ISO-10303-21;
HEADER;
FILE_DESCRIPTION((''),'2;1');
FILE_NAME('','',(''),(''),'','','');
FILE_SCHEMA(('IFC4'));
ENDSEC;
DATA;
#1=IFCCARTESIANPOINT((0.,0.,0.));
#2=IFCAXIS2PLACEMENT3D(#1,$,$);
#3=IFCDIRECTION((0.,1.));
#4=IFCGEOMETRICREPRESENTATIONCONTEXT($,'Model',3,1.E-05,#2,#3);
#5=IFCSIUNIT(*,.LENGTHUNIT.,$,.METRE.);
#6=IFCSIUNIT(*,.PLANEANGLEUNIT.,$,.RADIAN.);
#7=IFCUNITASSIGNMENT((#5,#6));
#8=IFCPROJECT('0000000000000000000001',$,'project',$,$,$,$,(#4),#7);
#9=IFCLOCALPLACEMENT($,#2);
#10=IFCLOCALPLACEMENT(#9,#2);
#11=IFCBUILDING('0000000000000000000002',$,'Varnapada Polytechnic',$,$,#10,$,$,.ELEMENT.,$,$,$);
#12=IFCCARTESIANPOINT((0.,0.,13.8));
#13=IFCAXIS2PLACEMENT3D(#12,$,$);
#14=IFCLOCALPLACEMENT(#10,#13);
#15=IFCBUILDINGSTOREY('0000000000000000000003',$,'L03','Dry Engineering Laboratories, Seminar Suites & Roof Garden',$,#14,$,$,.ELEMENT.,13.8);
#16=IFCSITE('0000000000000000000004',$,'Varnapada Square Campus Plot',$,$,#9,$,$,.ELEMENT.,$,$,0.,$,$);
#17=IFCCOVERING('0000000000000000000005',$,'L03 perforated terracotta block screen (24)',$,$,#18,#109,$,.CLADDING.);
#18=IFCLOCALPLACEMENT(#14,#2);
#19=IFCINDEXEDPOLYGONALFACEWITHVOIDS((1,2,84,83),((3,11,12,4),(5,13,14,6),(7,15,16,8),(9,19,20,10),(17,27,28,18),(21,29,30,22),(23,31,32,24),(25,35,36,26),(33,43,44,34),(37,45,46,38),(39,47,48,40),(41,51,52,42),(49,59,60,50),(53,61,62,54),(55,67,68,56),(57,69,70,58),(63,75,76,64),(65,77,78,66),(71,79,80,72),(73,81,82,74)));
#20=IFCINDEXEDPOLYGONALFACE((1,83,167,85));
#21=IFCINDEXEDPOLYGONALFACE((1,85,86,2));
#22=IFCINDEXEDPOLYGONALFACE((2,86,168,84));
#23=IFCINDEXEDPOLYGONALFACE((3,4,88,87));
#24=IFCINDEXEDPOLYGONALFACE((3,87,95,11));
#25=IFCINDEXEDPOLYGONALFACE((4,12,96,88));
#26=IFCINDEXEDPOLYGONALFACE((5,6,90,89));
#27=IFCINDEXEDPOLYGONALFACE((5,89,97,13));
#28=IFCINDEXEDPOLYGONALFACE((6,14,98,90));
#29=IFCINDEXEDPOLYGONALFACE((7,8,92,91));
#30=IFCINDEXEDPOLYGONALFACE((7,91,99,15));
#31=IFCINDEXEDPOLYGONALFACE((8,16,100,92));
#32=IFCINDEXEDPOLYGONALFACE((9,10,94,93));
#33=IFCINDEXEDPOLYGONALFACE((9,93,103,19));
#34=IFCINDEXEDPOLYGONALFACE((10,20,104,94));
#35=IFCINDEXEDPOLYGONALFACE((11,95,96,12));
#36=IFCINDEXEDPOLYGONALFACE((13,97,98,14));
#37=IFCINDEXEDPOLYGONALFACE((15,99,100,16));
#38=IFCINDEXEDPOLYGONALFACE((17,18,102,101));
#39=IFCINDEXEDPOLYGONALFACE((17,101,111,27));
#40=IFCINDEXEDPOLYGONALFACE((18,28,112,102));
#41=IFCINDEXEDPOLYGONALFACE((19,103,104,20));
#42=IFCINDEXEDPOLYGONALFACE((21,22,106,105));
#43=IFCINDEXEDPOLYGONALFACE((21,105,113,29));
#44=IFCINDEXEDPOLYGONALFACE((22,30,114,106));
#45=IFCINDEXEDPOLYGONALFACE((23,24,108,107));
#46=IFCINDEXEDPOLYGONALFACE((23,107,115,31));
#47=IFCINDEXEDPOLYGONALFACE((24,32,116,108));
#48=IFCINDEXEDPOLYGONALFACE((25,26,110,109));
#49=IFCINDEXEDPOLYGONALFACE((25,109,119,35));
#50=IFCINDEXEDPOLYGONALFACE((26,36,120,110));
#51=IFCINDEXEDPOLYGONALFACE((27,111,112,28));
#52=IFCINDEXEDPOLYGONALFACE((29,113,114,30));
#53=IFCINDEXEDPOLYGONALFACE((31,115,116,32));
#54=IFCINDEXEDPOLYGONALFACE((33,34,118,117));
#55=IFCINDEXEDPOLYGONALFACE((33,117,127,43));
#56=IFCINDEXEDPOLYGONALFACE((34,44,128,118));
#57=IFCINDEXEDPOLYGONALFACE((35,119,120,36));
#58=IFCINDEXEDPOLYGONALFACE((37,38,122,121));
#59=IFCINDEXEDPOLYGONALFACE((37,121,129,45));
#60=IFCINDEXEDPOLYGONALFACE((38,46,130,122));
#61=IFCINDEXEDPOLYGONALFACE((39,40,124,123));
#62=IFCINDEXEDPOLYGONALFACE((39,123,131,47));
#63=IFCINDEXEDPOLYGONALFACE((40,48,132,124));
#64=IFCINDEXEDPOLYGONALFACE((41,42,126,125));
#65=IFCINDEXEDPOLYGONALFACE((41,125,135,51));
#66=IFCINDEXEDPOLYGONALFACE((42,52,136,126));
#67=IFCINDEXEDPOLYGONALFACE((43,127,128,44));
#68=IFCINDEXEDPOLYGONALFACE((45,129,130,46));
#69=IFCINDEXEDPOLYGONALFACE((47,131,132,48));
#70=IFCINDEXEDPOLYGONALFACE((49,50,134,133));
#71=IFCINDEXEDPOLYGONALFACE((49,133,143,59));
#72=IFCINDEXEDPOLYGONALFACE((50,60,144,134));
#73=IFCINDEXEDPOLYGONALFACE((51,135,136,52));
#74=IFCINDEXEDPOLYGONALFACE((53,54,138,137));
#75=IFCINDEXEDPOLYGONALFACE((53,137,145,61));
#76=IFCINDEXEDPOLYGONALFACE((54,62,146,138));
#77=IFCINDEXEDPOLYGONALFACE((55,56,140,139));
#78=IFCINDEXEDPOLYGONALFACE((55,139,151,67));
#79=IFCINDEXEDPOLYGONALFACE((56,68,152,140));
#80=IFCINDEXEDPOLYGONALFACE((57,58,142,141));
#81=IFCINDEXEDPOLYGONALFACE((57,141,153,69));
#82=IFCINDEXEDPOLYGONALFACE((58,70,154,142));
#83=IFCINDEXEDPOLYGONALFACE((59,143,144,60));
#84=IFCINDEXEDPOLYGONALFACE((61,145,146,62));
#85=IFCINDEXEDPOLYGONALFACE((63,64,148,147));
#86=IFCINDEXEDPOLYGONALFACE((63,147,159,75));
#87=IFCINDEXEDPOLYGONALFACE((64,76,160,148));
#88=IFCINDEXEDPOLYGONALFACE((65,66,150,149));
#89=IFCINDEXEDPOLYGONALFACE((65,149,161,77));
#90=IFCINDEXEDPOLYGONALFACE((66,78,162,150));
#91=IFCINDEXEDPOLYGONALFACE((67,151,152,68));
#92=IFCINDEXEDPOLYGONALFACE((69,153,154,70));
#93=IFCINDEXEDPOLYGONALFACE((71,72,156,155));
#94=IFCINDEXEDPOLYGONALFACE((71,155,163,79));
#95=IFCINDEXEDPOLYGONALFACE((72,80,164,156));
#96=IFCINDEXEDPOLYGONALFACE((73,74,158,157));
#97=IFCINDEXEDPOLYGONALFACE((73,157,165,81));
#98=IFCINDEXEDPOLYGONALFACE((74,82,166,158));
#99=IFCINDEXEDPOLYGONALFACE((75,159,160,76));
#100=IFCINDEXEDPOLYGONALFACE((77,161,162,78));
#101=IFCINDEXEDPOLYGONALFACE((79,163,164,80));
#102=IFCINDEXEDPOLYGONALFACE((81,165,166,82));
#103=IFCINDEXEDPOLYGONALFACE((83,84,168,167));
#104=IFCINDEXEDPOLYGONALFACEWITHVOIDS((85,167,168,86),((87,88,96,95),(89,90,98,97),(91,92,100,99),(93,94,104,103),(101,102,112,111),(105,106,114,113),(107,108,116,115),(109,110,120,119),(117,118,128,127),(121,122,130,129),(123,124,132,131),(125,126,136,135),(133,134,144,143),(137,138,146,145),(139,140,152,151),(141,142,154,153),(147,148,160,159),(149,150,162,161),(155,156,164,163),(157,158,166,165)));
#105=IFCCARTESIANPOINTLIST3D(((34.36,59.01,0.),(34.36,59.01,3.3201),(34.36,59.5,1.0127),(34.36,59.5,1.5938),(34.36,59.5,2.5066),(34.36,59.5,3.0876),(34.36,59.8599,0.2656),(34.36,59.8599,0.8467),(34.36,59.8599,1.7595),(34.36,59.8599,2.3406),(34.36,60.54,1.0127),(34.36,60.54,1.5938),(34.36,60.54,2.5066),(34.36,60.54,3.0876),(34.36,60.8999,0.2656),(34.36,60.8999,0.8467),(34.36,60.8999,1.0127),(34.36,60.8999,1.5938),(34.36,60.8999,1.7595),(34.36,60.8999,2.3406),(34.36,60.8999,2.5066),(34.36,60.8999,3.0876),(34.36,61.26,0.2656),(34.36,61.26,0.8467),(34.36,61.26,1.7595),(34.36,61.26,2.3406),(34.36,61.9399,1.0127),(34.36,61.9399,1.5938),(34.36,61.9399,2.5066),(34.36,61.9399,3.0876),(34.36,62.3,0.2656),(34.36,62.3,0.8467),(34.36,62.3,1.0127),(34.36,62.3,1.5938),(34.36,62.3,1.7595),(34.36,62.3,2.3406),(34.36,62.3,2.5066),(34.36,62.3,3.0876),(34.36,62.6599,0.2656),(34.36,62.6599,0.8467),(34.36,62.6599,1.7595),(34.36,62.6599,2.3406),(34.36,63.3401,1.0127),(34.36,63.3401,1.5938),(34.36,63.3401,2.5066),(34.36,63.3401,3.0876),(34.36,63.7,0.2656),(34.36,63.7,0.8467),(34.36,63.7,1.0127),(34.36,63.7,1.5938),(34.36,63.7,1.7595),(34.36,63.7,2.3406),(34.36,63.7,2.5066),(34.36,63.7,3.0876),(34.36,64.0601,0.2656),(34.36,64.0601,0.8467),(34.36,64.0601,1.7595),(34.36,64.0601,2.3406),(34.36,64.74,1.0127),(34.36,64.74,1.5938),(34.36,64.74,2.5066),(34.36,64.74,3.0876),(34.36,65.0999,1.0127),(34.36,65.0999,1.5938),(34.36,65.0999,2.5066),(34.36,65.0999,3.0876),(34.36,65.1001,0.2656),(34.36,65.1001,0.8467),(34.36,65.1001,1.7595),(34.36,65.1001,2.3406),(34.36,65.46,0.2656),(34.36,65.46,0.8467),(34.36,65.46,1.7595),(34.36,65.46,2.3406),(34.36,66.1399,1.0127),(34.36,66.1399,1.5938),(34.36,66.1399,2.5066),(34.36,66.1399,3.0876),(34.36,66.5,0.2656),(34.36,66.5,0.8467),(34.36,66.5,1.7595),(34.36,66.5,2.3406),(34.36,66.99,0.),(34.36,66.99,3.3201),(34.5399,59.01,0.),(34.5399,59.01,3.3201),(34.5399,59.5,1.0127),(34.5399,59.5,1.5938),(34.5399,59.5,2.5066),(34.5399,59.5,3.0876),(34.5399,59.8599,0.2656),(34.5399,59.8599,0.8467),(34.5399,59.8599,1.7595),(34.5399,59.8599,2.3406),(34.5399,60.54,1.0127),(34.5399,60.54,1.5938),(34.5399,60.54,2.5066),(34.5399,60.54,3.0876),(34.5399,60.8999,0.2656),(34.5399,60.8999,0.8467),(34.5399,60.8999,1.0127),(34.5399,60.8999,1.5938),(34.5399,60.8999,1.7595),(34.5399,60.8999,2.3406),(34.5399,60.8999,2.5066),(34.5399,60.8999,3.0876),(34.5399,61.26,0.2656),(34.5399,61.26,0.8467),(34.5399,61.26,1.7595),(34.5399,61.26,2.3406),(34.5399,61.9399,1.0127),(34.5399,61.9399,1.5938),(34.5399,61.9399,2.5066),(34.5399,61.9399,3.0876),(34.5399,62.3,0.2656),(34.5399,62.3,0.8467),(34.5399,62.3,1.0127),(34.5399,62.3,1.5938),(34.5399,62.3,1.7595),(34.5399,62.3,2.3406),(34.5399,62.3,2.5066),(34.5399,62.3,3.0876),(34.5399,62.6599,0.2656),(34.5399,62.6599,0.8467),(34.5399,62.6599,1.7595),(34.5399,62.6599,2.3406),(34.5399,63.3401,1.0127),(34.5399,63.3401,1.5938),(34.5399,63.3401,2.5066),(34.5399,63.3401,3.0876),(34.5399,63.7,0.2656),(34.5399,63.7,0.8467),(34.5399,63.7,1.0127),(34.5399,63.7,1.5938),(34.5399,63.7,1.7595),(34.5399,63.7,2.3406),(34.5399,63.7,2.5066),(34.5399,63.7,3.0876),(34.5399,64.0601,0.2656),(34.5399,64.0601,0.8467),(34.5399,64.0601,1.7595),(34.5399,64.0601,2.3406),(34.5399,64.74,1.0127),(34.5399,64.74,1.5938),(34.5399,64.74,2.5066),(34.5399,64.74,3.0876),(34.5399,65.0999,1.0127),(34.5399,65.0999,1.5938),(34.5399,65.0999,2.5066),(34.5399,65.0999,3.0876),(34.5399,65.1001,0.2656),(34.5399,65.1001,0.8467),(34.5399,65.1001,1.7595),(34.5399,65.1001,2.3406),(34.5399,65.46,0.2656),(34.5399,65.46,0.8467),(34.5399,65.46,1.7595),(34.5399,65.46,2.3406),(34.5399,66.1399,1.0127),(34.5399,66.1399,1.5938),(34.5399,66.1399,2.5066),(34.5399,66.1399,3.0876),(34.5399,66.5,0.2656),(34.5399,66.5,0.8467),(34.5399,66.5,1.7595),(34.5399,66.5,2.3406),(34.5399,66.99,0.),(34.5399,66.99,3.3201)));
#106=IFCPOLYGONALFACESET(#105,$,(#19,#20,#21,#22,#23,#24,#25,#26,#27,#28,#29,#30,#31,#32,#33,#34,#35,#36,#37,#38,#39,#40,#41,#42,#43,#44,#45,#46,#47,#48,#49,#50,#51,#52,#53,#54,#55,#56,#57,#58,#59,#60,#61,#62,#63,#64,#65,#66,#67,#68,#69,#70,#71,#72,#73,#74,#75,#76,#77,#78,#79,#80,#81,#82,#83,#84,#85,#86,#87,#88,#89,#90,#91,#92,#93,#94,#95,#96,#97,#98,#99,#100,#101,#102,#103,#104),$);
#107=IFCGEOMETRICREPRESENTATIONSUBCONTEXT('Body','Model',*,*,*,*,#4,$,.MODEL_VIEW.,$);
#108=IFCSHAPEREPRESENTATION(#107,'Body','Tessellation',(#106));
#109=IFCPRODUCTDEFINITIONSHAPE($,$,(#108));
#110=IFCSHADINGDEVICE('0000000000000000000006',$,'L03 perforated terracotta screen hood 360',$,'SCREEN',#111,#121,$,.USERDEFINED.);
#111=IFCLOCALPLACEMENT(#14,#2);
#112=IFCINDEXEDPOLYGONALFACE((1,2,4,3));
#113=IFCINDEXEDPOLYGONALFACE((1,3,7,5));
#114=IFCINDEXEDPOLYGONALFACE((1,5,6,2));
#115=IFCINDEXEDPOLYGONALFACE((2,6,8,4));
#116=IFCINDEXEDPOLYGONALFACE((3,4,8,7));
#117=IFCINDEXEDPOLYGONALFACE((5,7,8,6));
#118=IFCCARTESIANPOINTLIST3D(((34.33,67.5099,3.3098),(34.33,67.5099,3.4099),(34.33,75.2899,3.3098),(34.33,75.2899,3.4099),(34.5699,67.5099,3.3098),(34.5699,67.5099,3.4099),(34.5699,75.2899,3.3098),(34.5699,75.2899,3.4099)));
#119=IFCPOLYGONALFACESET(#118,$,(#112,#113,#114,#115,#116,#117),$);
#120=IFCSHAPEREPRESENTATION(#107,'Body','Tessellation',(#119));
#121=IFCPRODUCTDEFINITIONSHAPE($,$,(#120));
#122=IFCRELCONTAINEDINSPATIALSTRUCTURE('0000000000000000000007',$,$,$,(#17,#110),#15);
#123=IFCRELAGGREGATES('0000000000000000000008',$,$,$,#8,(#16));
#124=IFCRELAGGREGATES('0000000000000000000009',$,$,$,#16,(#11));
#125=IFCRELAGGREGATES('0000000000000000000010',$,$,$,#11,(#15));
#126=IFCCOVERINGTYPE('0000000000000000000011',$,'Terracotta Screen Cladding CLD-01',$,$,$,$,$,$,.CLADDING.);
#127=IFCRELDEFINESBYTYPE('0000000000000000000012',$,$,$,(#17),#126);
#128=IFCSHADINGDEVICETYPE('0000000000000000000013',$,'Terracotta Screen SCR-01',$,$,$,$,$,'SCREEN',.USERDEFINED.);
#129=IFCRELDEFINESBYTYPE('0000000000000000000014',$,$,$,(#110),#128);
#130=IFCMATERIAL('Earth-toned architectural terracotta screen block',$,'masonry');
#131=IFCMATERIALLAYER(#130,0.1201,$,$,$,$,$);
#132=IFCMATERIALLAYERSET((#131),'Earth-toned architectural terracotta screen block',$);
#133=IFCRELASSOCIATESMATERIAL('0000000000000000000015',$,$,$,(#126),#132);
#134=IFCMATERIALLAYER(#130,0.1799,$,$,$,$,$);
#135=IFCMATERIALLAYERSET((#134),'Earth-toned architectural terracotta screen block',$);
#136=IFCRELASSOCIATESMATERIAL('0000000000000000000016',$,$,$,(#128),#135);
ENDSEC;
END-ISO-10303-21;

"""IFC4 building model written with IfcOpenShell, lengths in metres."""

from ifc_helpers import new_model, si_unit, direction, frame, frame_2d, origin, origin_2d, place, context, subcontext, project, spatial, rectangle, extrude, material, layer, layer_set, type_object, element, save


model = new_model("IFC4")

# Units and contexts
model_context = context("Model", 3, precision=1e-05, world=origin(), true_north=direction((0.0, 1.0)))
body_context = subcontext(model_context, "Body", "Model", "MODEL_VIEW")
ifc_project = project(units=[si_unit("LENGTHUNIT", "METRE"), si_unit("PLANEANGLEUNIT", "RADIAN")], contexts=[model_context])

# Site, building, storey
site_placement = place(None, origin())
site = spatial("IfcSite", under=ifc_project, at=site_placement, Name="Varnapada Square Campus Plot", CompositionType="ELEMENT", RefElevation=0.0)
building_placement = place(site_placement, origin())
building = spatial("IfcBuilding", under=site, at=building_placement, Name="Varnapada Polytechnic", CompositionType="ELEMENT")
storey_placement = place(building_placement, frame((0.0, 0.0, 13.8)))
storey = spatial("IfcBuildingStorey", under=building, at=storey_placement, Name="L03", Description="Dry Engineering Laboratories, Seminar Suites & Roof Garden", CompositionType="ELEMENT", Elevation=13.8)

# Covering, openings
ifc_material_1 = material(Name="Earth-toned architectural terracotta screen block", Category="masonry")
ifc_layer_1 = layer(ifc_material_1, 0.1201)
ifc_layer_set_1 = layer_set([ifc_layer_1], Name="Earth-toned architectural terracotta screen block")
covering_type = type_object("IfcCoveringType", Name="Terracotta Screen Cladding CLD-01", PredefinedType="CLADDING", material=ifc_layer_set_1)
covering_placement = place(storey_placement, frame((34.45, 66.99, 0.0), z_axis=(0.0, 0.0, 1.0), x_axis=(0.0, -1.0, 0.0)))
covering = element("IfcCovering", 1, at=covering_placement, inside=storey, type_object=covering_type, Name="L03 perforated terracotta block screen (24)", PredefinedType="CLADDING", context=body_context, shape_type="SweptSolid", body=[
    extrude(rectangle(XDim=7.98, YDim=0.1799, at=frame_2d((3.99, 0.0))), origin(), (0.0, 0.0, 1.0), 3.3201),
])
opening_1_placement = place(covering_placement, frame((0.49, 0.0, 0.2656)))
element("IfcOpeningElement", 2, at=opening_1_placement, cuts=covering, PredefinedType="OPENING", context=body_context, shape_type="SweptSolid", body=[
    extrude(rectangle(XDim=1.04, YDim=0.5811, at=frame_2d((0.52, 0.2905))), frame((0.0, 0.0999, 0.0), z_axis=(0.0, -1.0, 0.0), x_axis=(1.0, 0.0, 0.0)), (0.0, 0.0, 1.0), 0.2),
])
opening_2_placement = place(covering_placement, frame((1.8899, 0.0, 0.2656)))
element("IfcOpeningElement", 3, at=opening_2_placement, cuts=covering, PredefinedType="OPENING", context=body_context, shape_type="SweptSolid", body=[
    extrude(rectangle(XDim=1.04, YDim=0.5811, at=frame_2d((0.52, 0.2905))), frame((0.0, 0.0999, 0.0), z_axis=(0.0, -1.0, 0.0), x_axis=(1.0, 0.0, 0.0)), (0.0, 0.0, 1.0), 0.2),
])
opening_3_placement = place(covering_placement, frame((3.29, 0.0, 0.2656)))
element("IfcOpeningElement", 4, at=opening_3_placement, cuts=covering, PredefinedType="OPENING", context=body_context, shape_type="SweptSolid", body=[
    extrude(rectangle(XDim=1.04, YDim=0.5811, at=frame_2d((0.52, 0.2905))), frame((0.0, 0.0999, 0.0), z_axis=(0.0, -1.0, 0.0), x_axis=(1.0, 0.0, 0.0)), (0.0, 0.0, 1.0), 0.2),
])
opening_4_placement = place(covering_placement, frame((4.6899, 0.0, 0.2656)))
element("IfcOpeningElement", 5, at=opening_4_placement, cuts=covering, PredefinedType="OPENING", context=body_context, shape_type="SweptSolid", body=[
    extrude(rectangle(XDim=1.04, YDim=0.5811, at=frame_2d((0.52, 0.2905))), frame((0.0, 0.0999, 0.0), z_axis=(0.0, -1.0, 0.0), x_axis=(1.0, 0.0, 0.0)), (0.0, 0.0, 1.0), 0.2),
])
opening_5_placement = place(covering_placement, frame((6.0901, 0.0, 0.2656)))
element("IfcOpeningElement", 6, at=opening_5_placement, cuts=covering, PredefinedType="OPENING", context=body_context, shape_type="SweptSolid", body=[
    extrude(rectangle(XDim=1.04, YDim=0.5811, at=frame_2d((0.52, 0.2905))), frame((0.0, 0.0999, 0.0), z_axis=(0.0, -1.0, 0.0), x_axis=(1.0, 0.0, 0.0)), (0.0, 0.0, 1.0), 0.2),
])
opening_6_placement = place(covering_placement, frame((0.8501, 0.0, 1.0127)))
element("IfcOpeningElement", 7, at=opening_6_placement, cuts=covering, PredefinedType="OPENING", context=body_context, shape_type="SweptSolid", body=[
    extrude(rectangle(XDim=1.04, YDim=0.5811, at=frame_2d((0.52, 0.2905))), frame((0.0, 0.0999, 0.0), z_axis=(0.0, -1.0, 0.0), x_axis=(1.0, 0.0, 0.0)), (0.0, 0.0, 1.0), 0.2),
])
opening_7_placement = place(covering_placement, frame((2.25, 0.0, 1.0127)))
element("IfcOpeningElement", 8, at=opening_7_placement, cuts=covering, PredefinedType="OPENING", context=body_context, shape_type="SweptSolid", body=[
    extrude(rectangle(XDim=1.04, YDim=0.5811, at=frame_2d((0.52, 0.2905))), frame((0.0, 0.0999, 0.0), z_axis=(0.0, -1.0, 0.0), x_axis=(1.0, 0.0, 0.0)), (0.0, 0.0, 1.0), 0.2),
])
opening_8_placement = place(covering_placement, frame((3.6499, 0.0, 1.0127)))
element("IfcOpeningElement", 9, at=opening_8_placement, cuts=covering, PredefinedType="OPENING", context=body_context, shape_type="SweptSolid", body=[
    extrude(rectangle(XDim=1.04, YDim=0.5811, at=frame_2d((0.52, 0.2905))), frame((0.0, 0.0999, 0.0), z_axis=(0.0, -1.0, 0.0), x_axis=(1.0, 0.0, 0.0)), (0.0, 0.0, 1.0), 0.2),
])
opening_9_placement = place(covering_placement, frame((5.05, 0.0, 1.0127)))
element("IfcOpeningElement", 10, at=opening_9_placement, cuts=covering, PredefinedType="OPENING", context=body_context, shape_type="SweptSolid", body=[
    extrude(rectangle(XDim=1.04, YDim=0.5811, at=frame_2d((0.52, 0.2905))), frame((0.0, 0.0999, 0.0), z_axis=(0.0, -1.0, 0.0), x_axis=(1.0, 0.0, 0.0)), (0.0, 0.0, 1.0), 0.2),
])
opening_10_placement = place(covering_placement, frame((6.45, 0.0, 1.0127)))
element("IfcOpeningElement", 11, at=opening_10_placement, cuts=covering, PredefinedType="OPENING", context=body_context, shape_type="SweptSolid", body=[
    extrude(rectangle(XDim=1.04, YDim=0.5811, at=frame_2d((0.52, 0.2905))), frame((0.0, 0.0999, 0.0), z_axis=(0.0, -1.0, 0.0), x_axis=(1.0, 0.0, 0.0)), (0.0, 0.0, 1.0), 0.2),
])
opening_11_placement = place(covering_placement, frame((0.49, 0.0, 1.7595)))
element("IfcOpeningElement", 12, at=opening_11_placement, cuts=covering, PredefinedType="OPENING", context=body_context, shape_type="SweptSolid", body=[
    extrude(rectangle(XDim=1.04, YDim=0.5811, at=frame_2d((0.52, 0.2905))), frame((0.0, 0.0999, 0.0), z_axis=(0.0, -1.0, 0.0), x_axis=(1.0, 0.0, 0.0)), (0.0, 0.0, 1.0), 0.2),
])
opening_12_placement = place(covering_placement, frame((1.8899, 0.0, 1.7595)))
element("IfcOpeningElement", 13, at=opening_12_placement, cuts=covering, PredefinedType="OPENING", context=body_context, shape_type="SweptSolid", body=[
    extrude(rectangle(XDim=1.04, YDim=0.5811, at=frame_2d((0.52, 0.2905))), frame((0.0, 0.0999, 0.0), z_axis=(0.0, -1.0, 0.0), x_axis=(1.0, 0.0, 0.0)), (0.0, 0.0, 1.0), 0.2),
])
opening_13_placement = place(covering_placement, frame((3.29, 0.0, 1.7595)))
element("IfcOpeningElement", 14, at=opening_13_placement, cuts=covering, PredefinedType="OPENING", context=body_context, shape_type="SweptSolid", body=[
    extrude(rectangle(XDim=1.04, YDim=0.5811, at=frame_2d((0.52, 0.2905))), frame((0.0, 0.0999, 0.0), z_axis=(0.0, -1.0, 0.0), x_axis=(1.0, 0.0, 0.0)), (0.0, 0.0, 1.0), 0.2),
])
opening_14_placement = place(covering_placement, frame((4.6899, 0.0, 1.7595)))
element("IfcOpeningElement", 15, at=opening_14_placement, cuts=covering, PredefinedType="OPENING", context=body_context, shape_type="SweptSolid", body=[
    extrude(rectangle(XDim=1.04, YDim=0.5811, at=frame_2d((0.52, 0.2905))), frame((0.0, 0.0999, 0.0), z_axis=(0.0, -1.0, 0.0), x_axis=(1.0, 0.0, 0.0)), (0.0, 0.0, 1.0), 0.2),
])
opening_15_placement = place(covering_placement, frame((6.0901, 0.0, 1.7595)))
element("IfcOpeningElement", 16, at=opening_15_placement, cuts=covering, PredefinedType="OPENING", context=body_context, shape_type="SweptSolid", body=[
    extrude(rectangle(XDim=1.04, YDim=0.5811, at=frame_2d((0.52, 0.2905))), frame((0.0, 0.0999, 0.0), z_axis=(0.0, -1.0, 0.0), x_axis=(1.0, 0.0, 0.0)), (0.0, 0.0, 1.0), 0.2),
])
opening_16_placement = place(covering_placement, frame((0.8501, 0.0, 2.5066)))
element("IfcOpeningElement", 17, at=opening_16_placement, cuts=covering, PredefinedType="OPENING", context=body_context, shape_type="SweptSolid", body=[
    extrude(rectangle(XDim=1.04, YDim=0.5811, at=frame_2d((0.52, 0.2905))), frame((0.0, 0.0999, 0.0), z_axis=(0.0, -1.0, 0.0), x_axis=(1.0, 0.0, 0.0)), (0.0, 0.0, 1.0), 0.2),
])
opening_17_placement = place(covering_placement, frame((2.25, 0.0, 2.5066)))
element("IfcOpeningElement", 18, at=opening_17_placement, cuts=covering, PredefinedType="OPENING", context=body_context, shape_type="SweptSolid", body=[
    extrude(rectangle(XDim=1.04, YDim=0.5811, at=frame_2d((0.52, 0.2905))), frame((0.0, 0.0999, 0.0), z_axis=(0.0, -1.0, 0.0), x_axis=(1.0, 0.0, 0.0)), (0.0, 0.0, 1.0), 0.2),
])
opening_18_placement = place(covering_placement, frame((3.6499, 0.0, 2.5066)))
element("IfcOpeningElement", 19, at=opening_18_placement, cuts=covering, PredefinedType="OPENING", context=body_context, shape_type="SweptSolid", body=[
    extrude(rectangle(XDim=1.04, YDim=0.5811, at=frame_2d((0.52, 0.2905))), frame((0.0, 0.0999, 0.0), z_axis=(0.0, -1.0, 0.0), x_axis=(1.0, 0.0, 0.0)), (0.0, 0.0, 1.0), 0.2),
])
opening_19_placement = place(covering_placement, frame((5.05, 0.0, 2.5066)))
element("IfcOpeningElement", 20, at=opening_19_placement, cuts=covering, PredefinedType="OPENING", context=body_context, shape_type="SweptSolid", body=[
    extrude(rectangle(XDim=1.04, YDim=0.5811, at=frame_2d((0.52, 0.2905))), frame((0.0, 0.0999, 0.0), z_axis=(0.0, -1.0, 0.0), x_axis=(1.0, 0.0, 0.0)), (0.0, 0.0, 1.0), 0.2),
])
opening_20_placement = place(covering_placement, frame((6.45, 0.0, 2.5066)))
element("IfcOpeningElement", 21, at=opening_20_placement, cuts=covering, PredefinedType="OPENING", context=body_context, shape_type="SweptSolid", body=[
    extrude(rectangle(XDim=1.04, YDim=0.5811, at=frame_2d((0.52, 0.2905))), frame((0.0, 0.0999, 0.0), z_axis=(0.0, -1.0, 0.0), x_axis=(1.0, 0.0, 0.0)), (0.0, 0.0, 1.0), 0.2),
])

# Shading device
ifc_layer_2 = layer(ifc_material_1, 0.1799)
ifc_layer_set_2 = layer_set([ifc_layer_2], Name="Earth-toned architectural terracotta screen block")
shading_device_type = type_object("IfcShadingDeviceType", Name="Terracotta Screen SCR-01", ElementType="SCREEN", PredefinedType="USERDEFINED", material=ifc_layer_set_2)
shading_device_placement = place(storey_placement, frame((34.45, 71.3999, 3.3098), z_axis=(0.0, 0.0, 1.0), x_axis=(0.0, -1.0, 0.0)))
element("IfcShadingDevice", 22, at=shading_device_placement, inside=storey, type_object=shading_device_type, Name="L03 perforated terracotta screen hood 360", ObjectType="SCREEN", PredefinedType="USERDEFINED", context=body_context, shape_type="SweptSolid", body=[
    extrude(rectangle(XDim=7.78, YDim=0.24, at=origin_2d()), origin(), (0.0, 0.0, 1.0), 0.1001),
])

save(model, "model.ifc")
